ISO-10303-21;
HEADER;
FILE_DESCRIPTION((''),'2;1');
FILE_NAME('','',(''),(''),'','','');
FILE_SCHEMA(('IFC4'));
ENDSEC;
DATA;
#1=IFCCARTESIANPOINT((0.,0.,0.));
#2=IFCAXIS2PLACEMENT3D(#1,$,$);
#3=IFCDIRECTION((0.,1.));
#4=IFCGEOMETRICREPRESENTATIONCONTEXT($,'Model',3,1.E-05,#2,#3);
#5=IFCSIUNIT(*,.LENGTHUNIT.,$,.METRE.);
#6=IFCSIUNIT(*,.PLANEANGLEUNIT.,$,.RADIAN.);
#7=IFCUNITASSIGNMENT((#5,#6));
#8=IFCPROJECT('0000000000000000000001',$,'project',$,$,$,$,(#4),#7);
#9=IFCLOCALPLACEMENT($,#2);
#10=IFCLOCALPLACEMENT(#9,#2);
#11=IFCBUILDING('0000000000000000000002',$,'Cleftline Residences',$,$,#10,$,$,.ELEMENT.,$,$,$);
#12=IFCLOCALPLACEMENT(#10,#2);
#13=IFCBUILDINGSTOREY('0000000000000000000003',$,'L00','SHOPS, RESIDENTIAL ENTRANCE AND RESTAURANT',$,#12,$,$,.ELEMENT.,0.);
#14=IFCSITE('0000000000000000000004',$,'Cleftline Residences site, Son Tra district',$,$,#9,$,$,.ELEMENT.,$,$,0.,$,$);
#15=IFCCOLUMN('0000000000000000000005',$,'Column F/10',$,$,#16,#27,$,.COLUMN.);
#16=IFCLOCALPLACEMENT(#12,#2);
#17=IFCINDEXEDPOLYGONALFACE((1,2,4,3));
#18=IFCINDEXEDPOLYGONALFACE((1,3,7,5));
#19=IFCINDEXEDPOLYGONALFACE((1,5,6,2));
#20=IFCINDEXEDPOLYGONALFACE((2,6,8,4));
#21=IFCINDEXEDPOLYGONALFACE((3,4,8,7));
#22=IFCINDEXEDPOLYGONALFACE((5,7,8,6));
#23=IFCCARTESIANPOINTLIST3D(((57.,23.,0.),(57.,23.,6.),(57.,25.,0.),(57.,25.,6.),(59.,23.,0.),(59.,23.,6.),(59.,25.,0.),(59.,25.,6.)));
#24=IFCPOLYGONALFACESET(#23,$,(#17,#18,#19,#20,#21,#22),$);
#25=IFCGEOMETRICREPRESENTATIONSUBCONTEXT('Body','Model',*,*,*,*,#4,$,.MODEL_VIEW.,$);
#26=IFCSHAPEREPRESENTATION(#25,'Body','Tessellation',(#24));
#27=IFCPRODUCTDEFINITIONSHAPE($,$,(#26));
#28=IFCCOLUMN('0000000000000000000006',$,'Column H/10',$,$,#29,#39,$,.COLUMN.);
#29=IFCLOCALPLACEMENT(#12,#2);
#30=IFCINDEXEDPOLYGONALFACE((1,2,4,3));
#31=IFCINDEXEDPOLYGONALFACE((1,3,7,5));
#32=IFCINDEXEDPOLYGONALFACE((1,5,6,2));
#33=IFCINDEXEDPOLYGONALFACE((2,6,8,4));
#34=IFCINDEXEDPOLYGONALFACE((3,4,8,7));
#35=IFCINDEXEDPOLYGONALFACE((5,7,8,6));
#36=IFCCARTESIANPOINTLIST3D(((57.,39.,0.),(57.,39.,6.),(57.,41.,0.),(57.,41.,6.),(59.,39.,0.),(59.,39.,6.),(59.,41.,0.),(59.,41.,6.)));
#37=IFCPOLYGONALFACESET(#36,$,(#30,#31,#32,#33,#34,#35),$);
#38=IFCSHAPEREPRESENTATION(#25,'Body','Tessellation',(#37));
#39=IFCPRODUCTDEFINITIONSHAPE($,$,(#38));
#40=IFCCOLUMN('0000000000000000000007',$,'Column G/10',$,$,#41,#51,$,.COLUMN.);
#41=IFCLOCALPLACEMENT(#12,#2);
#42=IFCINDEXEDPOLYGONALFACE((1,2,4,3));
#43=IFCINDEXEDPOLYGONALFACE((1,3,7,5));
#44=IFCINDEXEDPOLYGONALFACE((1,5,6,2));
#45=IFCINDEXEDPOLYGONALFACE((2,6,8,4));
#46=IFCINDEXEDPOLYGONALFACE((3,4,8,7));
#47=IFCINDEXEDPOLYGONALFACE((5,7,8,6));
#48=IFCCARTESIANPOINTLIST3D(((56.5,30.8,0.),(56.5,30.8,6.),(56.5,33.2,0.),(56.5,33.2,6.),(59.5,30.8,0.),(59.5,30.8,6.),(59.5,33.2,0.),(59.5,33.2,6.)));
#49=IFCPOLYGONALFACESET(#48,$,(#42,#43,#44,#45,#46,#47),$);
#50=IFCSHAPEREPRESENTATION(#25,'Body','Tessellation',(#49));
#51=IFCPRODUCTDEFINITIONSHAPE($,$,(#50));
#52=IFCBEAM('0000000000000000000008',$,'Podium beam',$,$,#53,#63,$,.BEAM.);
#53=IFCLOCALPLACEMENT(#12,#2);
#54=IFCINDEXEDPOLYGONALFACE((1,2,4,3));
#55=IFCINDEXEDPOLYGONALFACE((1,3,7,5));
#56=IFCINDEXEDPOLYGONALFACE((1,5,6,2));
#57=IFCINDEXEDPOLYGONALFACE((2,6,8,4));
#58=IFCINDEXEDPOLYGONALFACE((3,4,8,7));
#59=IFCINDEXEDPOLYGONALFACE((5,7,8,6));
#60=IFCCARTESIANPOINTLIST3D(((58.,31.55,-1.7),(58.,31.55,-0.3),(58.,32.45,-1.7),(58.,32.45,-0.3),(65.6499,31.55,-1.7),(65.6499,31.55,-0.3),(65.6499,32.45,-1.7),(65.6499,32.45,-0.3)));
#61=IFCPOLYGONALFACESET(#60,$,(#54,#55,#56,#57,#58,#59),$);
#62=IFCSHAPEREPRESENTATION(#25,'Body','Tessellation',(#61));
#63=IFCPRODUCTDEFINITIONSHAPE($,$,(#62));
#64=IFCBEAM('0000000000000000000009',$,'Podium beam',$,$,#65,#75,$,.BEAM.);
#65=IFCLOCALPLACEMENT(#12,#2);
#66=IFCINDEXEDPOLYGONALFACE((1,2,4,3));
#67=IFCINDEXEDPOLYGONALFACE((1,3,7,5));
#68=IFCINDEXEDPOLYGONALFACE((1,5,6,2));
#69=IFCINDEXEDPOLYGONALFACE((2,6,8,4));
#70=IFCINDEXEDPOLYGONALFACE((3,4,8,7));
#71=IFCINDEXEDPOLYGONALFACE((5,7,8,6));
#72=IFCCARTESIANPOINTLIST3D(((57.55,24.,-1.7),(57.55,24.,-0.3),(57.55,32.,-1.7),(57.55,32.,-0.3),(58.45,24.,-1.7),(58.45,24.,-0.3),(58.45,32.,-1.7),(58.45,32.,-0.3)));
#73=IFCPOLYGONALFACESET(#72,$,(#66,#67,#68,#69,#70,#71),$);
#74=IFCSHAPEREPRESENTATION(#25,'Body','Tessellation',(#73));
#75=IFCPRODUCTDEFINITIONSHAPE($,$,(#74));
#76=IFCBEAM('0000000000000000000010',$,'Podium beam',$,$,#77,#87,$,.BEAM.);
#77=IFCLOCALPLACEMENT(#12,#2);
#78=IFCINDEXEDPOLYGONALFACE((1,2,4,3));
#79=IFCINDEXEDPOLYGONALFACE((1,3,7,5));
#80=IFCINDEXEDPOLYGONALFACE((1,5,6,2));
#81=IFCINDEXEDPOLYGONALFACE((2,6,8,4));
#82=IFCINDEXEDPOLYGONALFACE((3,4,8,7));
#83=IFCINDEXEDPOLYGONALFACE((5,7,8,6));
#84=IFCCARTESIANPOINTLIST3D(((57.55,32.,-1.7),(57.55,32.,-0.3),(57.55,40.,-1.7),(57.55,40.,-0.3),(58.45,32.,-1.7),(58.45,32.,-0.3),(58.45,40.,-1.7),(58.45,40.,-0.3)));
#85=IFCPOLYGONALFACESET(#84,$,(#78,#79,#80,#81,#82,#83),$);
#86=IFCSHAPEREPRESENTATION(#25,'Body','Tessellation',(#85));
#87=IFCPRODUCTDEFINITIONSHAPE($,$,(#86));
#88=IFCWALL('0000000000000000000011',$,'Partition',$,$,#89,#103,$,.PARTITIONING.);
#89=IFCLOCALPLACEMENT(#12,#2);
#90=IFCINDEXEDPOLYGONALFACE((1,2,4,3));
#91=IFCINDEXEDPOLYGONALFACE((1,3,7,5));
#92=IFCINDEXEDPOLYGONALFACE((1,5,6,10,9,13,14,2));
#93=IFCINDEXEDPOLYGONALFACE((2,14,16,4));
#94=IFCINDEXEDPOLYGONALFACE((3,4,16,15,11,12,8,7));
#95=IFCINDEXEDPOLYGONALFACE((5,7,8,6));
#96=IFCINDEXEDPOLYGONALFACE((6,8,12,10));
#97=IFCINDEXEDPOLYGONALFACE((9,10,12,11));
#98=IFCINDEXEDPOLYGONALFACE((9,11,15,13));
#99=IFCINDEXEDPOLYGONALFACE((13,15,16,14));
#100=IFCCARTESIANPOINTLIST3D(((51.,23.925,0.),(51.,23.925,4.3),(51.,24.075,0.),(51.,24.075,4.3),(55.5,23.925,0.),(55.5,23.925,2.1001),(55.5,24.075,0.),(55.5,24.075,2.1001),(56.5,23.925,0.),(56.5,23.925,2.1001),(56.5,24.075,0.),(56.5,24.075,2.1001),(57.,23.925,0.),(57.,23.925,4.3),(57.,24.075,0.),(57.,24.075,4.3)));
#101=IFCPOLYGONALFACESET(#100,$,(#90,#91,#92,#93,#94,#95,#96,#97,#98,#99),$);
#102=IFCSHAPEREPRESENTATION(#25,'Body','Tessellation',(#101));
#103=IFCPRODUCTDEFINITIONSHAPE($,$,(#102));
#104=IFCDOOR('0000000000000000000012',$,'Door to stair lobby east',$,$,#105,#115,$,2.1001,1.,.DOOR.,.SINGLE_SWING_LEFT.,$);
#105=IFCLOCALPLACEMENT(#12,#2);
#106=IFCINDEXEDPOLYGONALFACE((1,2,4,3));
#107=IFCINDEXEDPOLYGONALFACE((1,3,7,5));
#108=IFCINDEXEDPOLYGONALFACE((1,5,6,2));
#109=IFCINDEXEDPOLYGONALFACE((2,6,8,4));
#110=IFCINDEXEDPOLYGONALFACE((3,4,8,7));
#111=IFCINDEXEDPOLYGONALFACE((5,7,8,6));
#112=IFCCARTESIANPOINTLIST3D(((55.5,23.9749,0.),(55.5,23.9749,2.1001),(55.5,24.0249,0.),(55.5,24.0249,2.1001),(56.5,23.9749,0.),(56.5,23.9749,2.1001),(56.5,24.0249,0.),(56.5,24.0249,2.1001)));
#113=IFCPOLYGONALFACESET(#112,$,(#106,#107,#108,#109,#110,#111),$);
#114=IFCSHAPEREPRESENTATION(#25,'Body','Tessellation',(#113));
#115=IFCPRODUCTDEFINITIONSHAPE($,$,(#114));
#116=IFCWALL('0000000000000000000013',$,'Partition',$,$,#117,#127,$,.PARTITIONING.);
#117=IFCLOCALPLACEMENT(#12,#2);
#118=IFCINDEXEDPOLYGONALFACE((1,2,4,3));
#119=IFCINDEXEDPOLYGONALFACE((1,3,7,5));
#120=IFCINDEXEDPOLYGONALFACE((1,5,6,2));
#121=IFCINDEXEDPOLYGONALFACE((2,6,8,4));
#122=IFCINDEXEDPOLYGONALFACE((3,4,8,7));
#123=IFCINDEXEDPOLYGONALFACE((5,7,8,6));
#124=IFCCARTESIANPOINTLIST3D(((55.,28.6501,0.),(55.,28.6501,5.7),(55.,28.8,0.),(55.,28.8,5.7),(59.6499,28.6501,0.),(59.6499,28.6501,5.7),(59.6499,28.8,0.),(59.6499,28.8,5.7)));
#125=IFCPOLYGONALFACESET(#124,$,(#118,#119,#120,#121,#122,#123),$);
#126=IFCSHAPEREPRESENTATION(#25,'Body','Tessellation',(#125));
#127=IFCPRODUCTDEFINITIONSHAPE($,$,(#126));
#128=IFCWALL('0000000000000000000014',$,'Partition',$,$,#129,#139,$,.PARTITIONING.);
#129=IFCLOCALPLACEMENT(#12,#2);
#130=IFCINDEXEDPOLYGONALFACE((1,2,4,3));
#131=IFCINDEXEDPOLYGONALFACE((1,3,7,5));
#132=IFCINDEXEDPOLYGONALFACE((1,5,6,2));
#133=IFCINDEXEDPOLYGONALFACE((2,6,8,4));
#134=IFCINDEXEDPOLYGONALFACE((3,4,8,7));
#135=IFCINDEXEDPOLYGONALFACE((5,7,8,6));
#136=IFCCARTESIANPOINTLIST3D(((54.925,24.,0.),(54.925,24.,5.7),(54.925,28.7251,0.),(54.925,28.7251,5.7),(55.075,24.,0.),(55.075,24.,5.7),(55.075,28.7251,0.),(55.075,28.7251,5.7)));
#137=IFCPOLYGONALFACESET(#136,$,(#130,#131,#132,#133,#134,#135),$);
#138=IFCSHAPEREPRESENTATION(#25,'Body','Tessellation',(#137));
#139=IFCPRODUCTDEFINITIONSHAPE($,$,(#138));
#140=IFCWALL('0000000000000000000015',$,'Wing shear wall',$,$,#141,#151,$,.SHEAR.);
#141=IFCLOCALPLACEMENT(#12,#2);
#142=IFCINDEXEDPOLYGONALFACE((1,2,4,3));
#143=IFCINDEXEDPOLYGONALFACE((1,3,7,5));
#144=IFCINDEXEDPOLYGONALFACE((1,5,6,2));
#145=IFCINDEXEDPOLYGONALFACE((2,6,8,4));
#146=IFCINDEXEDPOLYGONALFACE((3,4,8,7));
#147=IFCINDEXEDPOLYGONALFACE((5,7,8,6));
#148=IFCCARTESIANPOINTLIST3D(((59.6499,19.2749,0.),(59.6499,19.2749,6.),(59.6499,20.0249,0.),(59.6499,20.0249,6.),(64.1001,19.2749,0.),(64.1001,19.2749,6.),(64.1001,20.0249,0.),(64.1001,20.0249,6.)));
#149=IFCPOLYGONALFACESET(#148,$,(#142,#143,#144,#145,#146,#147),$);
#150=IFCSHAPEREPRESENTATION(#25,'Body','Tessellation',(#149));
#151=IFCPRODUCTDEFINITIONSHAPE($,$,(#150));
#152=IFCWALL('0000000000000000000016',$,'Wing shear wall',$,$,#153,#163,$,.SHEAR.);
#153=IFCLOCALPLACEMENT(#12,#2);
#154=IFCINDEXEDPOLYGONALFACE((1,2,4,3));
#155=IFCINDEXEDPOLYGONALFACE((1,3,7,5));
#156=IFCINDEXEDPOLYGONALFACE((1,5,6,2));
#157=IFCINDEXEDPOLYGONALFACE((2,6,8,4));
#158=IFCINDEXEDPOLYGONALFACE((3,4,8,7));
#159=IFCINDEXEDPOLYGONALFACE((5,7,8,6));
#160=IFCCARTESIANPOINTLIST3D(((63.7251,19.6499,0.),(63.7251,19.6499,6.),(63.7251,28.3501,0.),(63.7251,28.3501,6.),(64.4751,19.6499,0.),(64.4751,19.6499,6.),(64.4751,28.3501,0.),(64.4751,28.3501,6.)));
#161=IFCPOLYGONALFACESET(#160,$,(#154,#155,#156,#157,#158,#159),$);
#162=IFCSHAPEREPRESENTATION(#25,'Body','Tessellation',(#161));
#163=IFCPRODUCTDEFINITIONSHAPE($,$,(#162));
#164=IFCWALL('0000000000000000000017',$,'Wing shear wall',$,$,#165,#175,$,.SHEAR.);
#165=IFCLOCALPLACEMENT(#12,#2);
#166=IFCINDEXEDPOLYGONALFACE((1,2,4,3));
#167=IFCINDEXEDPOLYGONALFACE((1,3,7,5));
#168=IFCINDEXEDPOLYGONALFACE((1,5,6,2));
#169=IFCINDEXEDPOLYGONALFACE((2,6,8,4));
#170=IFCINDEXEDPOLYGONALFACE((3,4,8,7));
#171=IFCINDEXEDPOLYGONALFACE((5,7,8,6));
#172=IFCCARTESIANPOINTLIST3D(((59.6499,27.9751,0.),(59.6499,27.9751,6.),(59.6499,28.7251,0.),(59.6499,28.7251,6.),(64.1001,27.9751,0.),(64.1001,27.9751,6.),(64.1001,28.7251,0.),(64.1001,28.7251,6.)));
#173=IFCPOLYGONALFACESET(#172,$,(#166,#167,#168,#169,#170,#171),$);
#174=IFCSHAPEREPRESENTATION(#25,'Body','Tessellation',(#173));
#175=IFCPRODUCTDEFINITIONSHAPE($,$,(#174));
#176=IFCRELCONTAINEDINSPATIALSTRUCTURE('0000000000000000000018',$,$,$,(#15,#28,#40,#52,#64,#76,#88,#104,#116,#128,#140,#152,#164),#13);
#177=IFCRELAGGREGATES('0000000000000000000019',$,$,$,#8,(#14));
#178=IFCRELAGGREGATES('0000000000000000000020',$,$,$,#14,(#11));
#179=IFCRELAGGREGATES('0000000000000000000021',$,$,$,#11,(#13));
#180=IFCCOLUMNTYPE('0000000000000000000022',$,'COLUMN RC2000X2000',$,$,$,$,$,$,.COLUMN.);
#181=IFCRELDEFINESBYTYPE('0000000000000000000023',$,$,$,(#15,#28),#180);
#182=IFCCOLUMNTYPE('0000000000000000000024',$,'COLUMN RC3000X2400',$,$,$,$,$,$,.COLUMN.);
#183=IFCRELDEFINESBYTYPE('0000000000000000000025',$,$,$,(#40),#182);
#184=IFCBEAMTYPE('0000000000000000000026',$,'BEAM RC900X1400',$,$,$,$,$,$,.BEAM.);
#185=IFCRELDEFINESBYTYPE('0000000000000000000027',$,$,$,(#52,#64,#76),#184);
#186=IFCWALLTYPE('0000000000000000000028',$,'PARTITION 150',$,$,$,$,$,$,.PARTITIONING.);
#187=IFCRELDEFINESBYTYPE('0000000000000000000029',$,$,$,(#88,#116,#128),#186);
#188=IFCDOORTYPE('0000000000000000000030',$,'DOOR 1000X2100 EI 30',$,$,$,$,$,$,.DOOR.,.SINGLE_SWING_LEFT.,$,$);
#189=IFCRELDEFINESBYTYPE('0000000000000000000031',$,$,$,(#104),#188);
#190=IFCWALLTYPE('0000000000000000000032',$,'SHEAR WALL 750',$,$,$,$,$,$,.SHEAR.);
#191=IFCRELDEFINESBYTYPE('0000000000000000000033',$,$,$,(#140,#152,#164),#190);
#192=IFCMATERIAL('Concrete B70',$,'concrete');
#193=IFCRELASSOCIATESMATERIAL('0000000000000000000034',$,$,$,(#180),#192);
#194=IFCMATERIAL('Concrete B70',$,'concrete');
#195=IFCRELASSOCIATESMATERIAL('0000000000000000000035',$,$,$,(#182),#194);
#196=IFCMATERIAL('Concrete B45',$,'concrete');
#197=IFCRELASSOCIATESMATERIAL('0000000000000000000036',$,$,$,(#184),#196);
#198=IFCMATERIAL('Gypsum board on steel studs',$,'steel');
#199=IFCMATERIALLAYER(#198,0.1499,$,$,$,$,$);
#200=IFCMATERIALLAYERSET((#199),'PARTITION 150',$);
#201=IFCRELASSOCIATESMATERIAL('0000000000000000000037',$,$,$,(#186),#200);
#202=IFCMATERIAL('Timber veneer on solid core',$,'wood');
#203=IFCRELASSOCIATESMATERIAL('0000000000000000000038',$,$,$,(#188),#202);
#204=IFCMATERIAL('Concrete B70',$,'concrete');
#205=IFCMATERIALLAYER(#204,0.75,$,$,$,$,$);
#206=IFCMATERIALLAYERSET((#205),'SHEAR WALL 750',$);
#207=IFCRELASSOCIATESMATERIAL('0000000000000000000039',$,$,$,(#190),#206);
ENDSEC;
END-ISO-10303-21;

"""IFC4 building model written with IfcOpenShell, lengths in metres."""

from ifc_helpers import new_model, si_unit, direction, frame, frame_2d, origin, origin_2d, place, context, subcontext, project, spatial, rectangle, extrude, material, layer, layer_set, material_profile, profile_set, type_object, element, fill, save


model = new_model("IFC4")

# Units and contexts
model_context = context("Model", 3, precision=1e-05, world=origin(), true_north=direction((0.0, 1.0)))
body_context = subcontext(model_context, "Body", "Model", "MODEL_VIEW")
ifc_project = project(units=[si_unit("LENGTHUNIT", "METRE"), si_unit("PLANEANGLEUNIT", "RADIAN")], contexts=[model_context])

# Site, building, storey
site_placement = place(None, origin())
site = spatial("IfcSite", under=ifc_project, at=site_placement, Name="Cleftline Residences site, Son Tra district", CompositionType="ELEMENT", RefElevation=0.0)
building_placement = place(site_placement, origin())
building = spatial("IfcBuilding", under=site, at=building_placement, Name="Cleftline Residences", CompositionType="ELEMENT")
storey_placement = place(building_placement, origin())
storey = spatial("IfcBuildingStorey", under=building, at=storey_placement, Name="L00", Description="SHOPS, RESIDENTIAL ENTRANCE AND RESTAURANT", CompositionType="ELEMENT", Elevation=0.0)

# Columns
ifc_material_1 = material(Name="Concrete B70", Category="concrete")
ifc_material_profile_1 = material_profile(ifc_material_1, rectangle(XDim=2.0, YDim=2.0, at=origin_2d()))
ifc_profile_set_1 = profile_set([ifc_material_profile_1], Name="Concrete B70")
column_type_1 = type_object("IfcColumnType", Name="COLUMN RC2000X2000", PredefinedType="COLUMN", material=ifc_profile_set_1)
for number, where, z_axis, x_axis, name in (
    (1, (58.0, 24.0, 0.0), (0.0, 0.0, 1.0), (1.0, 0.0, 0.0), "Column F/10"),
    (2, (58.0, 40.0, 0.0), (0.0, 0.0, 1.0), (1.0, 0.0, 0.0), "Column H/10"),
):
    element("IfcColumn", number, at=place(storey_placement, frame(where, z_axis=z_axis, x_axis=x_axis)), inside=storey, type_object=column_type_1, Name=name, PredefinedType="COLUMN", context=body_context, shape_type="SweptSolid", body=[
        extrude(rectangle(XDim=2.0, YDim=2.0, at=origin_2d()), origin(), (0.0, 0.0, 1.0), 6.0),
    ])
ifc_material_2 = material(Name="Concrete B70", Category="concrete")
ifc_material_profile_2 = material_profile(ifc_material_2, rectangle(XDim=3.0, YDim=2.3999, at=origin_2d()))
ifc_profile_set_2 = profile_set([ifc_material_profile_2], Name="Concrete B70")
column_type_2 = type_object("IfcColumnType", Name="COLUMN RC3000X2400", PredefinedType="COLUMN", material=ifc_profile_set_2)
column_placement = place(storey_placement, frame((58.0, 32.0, 0.0), z_axis=(0.0, 0.0, 1.0), x_axis=(1.0, 0.0, 0.0)))
element("IfcColumn", 3, at=column_placement, inside=storey, type_object=column_type_2, Name="Column G/10", PredefinedType="COLUMN", context=body_context, shape_type="SweptSolid", body=[
    extrude(rectangle(XDim=3.0, YDim=2.3999, at=origin_2d()), origin(), (0.0, 0.0, 1.0), 6.0),
])

# Beams
ifc_material_3 = material(Name="Concrete B45", Category="concrete")
ifc_material_profile_3 = material_profile(ifc_material_3, rectangle(XDim=0.8999, YDim=1.3999, at=origin_2d()))
ifc_profile_set_3 = profile_set([ifc_material_profile_3], Name="Concrete B45")
beam_type = type_object("IfcBeamType", Name="BEAM RC900X1400", PredefinedType="BEAM", material=ifc_profile_set_3)
beam_placement = place(storey_placement, frame((58.0, 32.0, -1.0), z_axis=(1.0, 0.0, 0.0), x_axis=(0.0, 1.0, 0.0)))
element("IfcBeam", 4, at=beam_placement, inside=storey, type_object=beam_type, Name="Podium beam", PredefinedType="BEAM", context=body_context, shape_type="SweptSolid", body=[
    extrude(rectangle(XDim=0.8999, YDim=1.3999, at=origin_2d()), origin(), (0.0, 0.0, 1.0), 7.6499),
])
for number, where, z_axis, x_axis, name in (
    (5, (58.0, 24.0, -1.0), (0.0, 1.0, 0.0), (-1.0, 0.0, 0.0), "Podium beam"),
    (6, (58.0, 32.0, -1.0), (0.0, 1.0, 0.0), (-1.0, 0.0, 0.0), "Podium beam"),
):
    element("IfcBeam", number, at=place(storey_placement, frame(where, z_axis=z_axis, x_axis=x_axis)), inside=storey, type_object=beam_type, Name=name, PredefinedType="BEAM", context=body_context, shape_type="SweptSolid", body=[
        extrude(rectangle(XDim=0.8999, YDim=1.3999, at=origin_2d()), origin(), (0.0, 0.0, 1.0), 8.0),
    ])

# Wall, opening, door
ifc_material_4 = material(Name="Gypsum board on steel studs", Category="steel")
ifc_layer_1 = layer(ifc_material_4, 0.1499)
ifc_layer_set_1 = layer_set([ifc_layer_1], Name="PARTITION 150")
wall_type_1 = type_object("IfcWallType", Name="PARTITION 150", PredefinedType="PARTITIONING", material=ifc_layer_set_1)
wall_1_placement = place(storey_placement, frame((51.0, 24.0, 0.0), z_axis=(0.0, 0.0, 1.0), x_axis=(1.0, 0.0, 0.0)))
wall_1 = element("IfcWall", 7, at=wall_1_placement, inside=storey, type_object=wall_type_1, Name="Partition", PredefinedType="PARTITIONING", context=body_context, shape_type="SweptSolid", body=[
    extrude(rectangle(XDim=6.0, YDim=0.1499, at=frame_2d((3.0, 0.0))), origin(), (0.0, 0.0, 1.0), 4.3),
])
opening_1_placement = place(wall_1_placement, frame((4.5, 0.0, 0.0)))
opening_1 = element("IfcOpeningElement", 8, at=opening_1_placement, cuts=wall_1, PredefinedType="OPENING", context=body_context, shape_type="SweptSolid", body=[
    extrude(rectangle(XDim=1.0, YDim=2.1001, at=frame_2d((0.5, 1.05))), frame((0.0, 0.085, 0.0), z_axis=(0.0, -1.0, 0.0), x_axis=(1.0, 0.0, 0.0)), (0.0, 0.0, 1.0), 0.1699),
])
ifc_material_5 = material(Name="Timber veneer on solid core", Category="wood")
door_type_1 = type_object("IfcDoorType", Name="DOOR 1000X2100 EI 30", OperationType="SINGLE_SWING_LEFT", PredefinedType="DOOR", material=ifc_material_5)
door_1_placement = place(opening_1_placement, origin())
door_1 = element("IfcDoor", 9, at=door_1_placement, inside=storey, type_object=door_type_1, Name="Door to stair lobby east", OperationType="SINGLE_SWING_LEFT", OverallHeight=2.1001, OverallWidth=1.0, PredefinedType="DOOR", context=body_context, shape_type="SweptSolid", body=[
    extrude(rectangle(XDim=1.0, YDim=2.1001, at=frame_2d((0.5, 1.05))), frame((0.0, 0.0249, 0.0), z_axis=(0.0, -1.0, 0.0), x_axis=(1.0, 0.0, 0.0)), (0.0, 0.0, 1.0), 0.05),
])
fill(opening_1, door_1)

# Walls
wall_2_placement = place(storey_placement, frame((55.0, 28.7251, 0.0), z_axis=(0.0, 0.0, 1.0), x_axis=(1.0, 0.0, 0.0)))
element("IfcWall", 10, at=wall_2_placement, inside=storey, type_object=wall_type_1, Name="Partition", PredefinedType="PARTITIONING", context=body_context, shape_type="SweptSolid", body=[
    extrude(rectangle(XDim=4.6499, YDim=0.1499, at=frame_2d((2.325, 0.0))), origin(), (0.0, 0.0, 1.0), 5.7),
])
wall_3_placement = place(storey_placement, frame((55.0, 24.0, 0.0), z_axis=(0.0, 0.0, 1.0), x_axis=(0.0, 1.0, 0.0)))
element("IfcWall", 11, at=wall_3_placement, inside=storey, type_object=wall_type_1, Name="Partition", PredefinedType="PARTITIONING", context=body_context, shape_type="SweptSolid", body=[
    extrude(rectangle(XDim=4.7251, YDim=0.1499, at=frame_2d((2.3625, 0.0))), origin(), (0.0, 0.0, 1.0), 5.7),
])
ifc_material_6 = material(Name="Concrete B70", Category="concrete")
ifc_layer_2 = layer(ifc_material_6, 0.75)
ifc_layer_set_2 = layer_set([ifc_layer_2], Name="SHEAR WALL 750")
wall_type_2 = type_object("IfcWallType", Name="SHEAR WALL 750", PredefinedType="SHEAR", material=ifc_layer_set_2)
wall_4_placement = place(storey_placement, frame((59.6499, 19.6499, 0.0), z_axis=(0.0, 0.0, 1.0), x_axis=(1.0, 0.0, 0.0)))
element("IfcWall", 12, at=wall_4_placement, inside=storey, type_object=wall_type_2, Name="Wing shear wall", PredefinedType="SHEAR", context=body_context, shape_type="SweptSolid", body=[
    extrude(rectangle(XDim=4.4502, YDim=0.75, at=frame_2d((2.2251, 0.0))), origin(), (0.0, 0.0, 1.0), 6.0),
])
wall_5_placement = place(storey_placement, frame((64.1001, 19.6499, 0.0), z_axis=(0.0, 0.0, 1.0), x_axis=(0.0, 1.0, 0.0)))
element("IfcWall", 13, at=wall_5_placement, inside=storey, type_object=wall_type_2, Name="Wing shear wall", PredefinedType="SHEAR", context=body_context, shape_type="SweptSolid", body=[
    extrude(rectangle(XDim=8.7002, YDim=0.75, at=frame_2d((4.3501, 0.0))), origin(), (0.0, 0.0, 1.0), 6.0),
])
wall_6_placement = place(storey_placement, frame((64.1001, 28.3501, 0.0), z_axis=(0.0, 0.0, 1.0), x_axis=(-1.0, 0.0, 0.0)))
element("IfcWall", 14, at=wall_6_placement, inside=storey, type_object=wall_type_2, Name="Wing shear wall", PredefinedType="SHEAR", context=body_context, shape_type="SweptSolid", body=[
    extrude(rectangle(XDim=4.4502, YDim=0.75, at=frame_2d((2.2251, 0.0))), origin(), (0.0, 0.0, 1.0), 6.0),
])

save(model, "model.ifc")
